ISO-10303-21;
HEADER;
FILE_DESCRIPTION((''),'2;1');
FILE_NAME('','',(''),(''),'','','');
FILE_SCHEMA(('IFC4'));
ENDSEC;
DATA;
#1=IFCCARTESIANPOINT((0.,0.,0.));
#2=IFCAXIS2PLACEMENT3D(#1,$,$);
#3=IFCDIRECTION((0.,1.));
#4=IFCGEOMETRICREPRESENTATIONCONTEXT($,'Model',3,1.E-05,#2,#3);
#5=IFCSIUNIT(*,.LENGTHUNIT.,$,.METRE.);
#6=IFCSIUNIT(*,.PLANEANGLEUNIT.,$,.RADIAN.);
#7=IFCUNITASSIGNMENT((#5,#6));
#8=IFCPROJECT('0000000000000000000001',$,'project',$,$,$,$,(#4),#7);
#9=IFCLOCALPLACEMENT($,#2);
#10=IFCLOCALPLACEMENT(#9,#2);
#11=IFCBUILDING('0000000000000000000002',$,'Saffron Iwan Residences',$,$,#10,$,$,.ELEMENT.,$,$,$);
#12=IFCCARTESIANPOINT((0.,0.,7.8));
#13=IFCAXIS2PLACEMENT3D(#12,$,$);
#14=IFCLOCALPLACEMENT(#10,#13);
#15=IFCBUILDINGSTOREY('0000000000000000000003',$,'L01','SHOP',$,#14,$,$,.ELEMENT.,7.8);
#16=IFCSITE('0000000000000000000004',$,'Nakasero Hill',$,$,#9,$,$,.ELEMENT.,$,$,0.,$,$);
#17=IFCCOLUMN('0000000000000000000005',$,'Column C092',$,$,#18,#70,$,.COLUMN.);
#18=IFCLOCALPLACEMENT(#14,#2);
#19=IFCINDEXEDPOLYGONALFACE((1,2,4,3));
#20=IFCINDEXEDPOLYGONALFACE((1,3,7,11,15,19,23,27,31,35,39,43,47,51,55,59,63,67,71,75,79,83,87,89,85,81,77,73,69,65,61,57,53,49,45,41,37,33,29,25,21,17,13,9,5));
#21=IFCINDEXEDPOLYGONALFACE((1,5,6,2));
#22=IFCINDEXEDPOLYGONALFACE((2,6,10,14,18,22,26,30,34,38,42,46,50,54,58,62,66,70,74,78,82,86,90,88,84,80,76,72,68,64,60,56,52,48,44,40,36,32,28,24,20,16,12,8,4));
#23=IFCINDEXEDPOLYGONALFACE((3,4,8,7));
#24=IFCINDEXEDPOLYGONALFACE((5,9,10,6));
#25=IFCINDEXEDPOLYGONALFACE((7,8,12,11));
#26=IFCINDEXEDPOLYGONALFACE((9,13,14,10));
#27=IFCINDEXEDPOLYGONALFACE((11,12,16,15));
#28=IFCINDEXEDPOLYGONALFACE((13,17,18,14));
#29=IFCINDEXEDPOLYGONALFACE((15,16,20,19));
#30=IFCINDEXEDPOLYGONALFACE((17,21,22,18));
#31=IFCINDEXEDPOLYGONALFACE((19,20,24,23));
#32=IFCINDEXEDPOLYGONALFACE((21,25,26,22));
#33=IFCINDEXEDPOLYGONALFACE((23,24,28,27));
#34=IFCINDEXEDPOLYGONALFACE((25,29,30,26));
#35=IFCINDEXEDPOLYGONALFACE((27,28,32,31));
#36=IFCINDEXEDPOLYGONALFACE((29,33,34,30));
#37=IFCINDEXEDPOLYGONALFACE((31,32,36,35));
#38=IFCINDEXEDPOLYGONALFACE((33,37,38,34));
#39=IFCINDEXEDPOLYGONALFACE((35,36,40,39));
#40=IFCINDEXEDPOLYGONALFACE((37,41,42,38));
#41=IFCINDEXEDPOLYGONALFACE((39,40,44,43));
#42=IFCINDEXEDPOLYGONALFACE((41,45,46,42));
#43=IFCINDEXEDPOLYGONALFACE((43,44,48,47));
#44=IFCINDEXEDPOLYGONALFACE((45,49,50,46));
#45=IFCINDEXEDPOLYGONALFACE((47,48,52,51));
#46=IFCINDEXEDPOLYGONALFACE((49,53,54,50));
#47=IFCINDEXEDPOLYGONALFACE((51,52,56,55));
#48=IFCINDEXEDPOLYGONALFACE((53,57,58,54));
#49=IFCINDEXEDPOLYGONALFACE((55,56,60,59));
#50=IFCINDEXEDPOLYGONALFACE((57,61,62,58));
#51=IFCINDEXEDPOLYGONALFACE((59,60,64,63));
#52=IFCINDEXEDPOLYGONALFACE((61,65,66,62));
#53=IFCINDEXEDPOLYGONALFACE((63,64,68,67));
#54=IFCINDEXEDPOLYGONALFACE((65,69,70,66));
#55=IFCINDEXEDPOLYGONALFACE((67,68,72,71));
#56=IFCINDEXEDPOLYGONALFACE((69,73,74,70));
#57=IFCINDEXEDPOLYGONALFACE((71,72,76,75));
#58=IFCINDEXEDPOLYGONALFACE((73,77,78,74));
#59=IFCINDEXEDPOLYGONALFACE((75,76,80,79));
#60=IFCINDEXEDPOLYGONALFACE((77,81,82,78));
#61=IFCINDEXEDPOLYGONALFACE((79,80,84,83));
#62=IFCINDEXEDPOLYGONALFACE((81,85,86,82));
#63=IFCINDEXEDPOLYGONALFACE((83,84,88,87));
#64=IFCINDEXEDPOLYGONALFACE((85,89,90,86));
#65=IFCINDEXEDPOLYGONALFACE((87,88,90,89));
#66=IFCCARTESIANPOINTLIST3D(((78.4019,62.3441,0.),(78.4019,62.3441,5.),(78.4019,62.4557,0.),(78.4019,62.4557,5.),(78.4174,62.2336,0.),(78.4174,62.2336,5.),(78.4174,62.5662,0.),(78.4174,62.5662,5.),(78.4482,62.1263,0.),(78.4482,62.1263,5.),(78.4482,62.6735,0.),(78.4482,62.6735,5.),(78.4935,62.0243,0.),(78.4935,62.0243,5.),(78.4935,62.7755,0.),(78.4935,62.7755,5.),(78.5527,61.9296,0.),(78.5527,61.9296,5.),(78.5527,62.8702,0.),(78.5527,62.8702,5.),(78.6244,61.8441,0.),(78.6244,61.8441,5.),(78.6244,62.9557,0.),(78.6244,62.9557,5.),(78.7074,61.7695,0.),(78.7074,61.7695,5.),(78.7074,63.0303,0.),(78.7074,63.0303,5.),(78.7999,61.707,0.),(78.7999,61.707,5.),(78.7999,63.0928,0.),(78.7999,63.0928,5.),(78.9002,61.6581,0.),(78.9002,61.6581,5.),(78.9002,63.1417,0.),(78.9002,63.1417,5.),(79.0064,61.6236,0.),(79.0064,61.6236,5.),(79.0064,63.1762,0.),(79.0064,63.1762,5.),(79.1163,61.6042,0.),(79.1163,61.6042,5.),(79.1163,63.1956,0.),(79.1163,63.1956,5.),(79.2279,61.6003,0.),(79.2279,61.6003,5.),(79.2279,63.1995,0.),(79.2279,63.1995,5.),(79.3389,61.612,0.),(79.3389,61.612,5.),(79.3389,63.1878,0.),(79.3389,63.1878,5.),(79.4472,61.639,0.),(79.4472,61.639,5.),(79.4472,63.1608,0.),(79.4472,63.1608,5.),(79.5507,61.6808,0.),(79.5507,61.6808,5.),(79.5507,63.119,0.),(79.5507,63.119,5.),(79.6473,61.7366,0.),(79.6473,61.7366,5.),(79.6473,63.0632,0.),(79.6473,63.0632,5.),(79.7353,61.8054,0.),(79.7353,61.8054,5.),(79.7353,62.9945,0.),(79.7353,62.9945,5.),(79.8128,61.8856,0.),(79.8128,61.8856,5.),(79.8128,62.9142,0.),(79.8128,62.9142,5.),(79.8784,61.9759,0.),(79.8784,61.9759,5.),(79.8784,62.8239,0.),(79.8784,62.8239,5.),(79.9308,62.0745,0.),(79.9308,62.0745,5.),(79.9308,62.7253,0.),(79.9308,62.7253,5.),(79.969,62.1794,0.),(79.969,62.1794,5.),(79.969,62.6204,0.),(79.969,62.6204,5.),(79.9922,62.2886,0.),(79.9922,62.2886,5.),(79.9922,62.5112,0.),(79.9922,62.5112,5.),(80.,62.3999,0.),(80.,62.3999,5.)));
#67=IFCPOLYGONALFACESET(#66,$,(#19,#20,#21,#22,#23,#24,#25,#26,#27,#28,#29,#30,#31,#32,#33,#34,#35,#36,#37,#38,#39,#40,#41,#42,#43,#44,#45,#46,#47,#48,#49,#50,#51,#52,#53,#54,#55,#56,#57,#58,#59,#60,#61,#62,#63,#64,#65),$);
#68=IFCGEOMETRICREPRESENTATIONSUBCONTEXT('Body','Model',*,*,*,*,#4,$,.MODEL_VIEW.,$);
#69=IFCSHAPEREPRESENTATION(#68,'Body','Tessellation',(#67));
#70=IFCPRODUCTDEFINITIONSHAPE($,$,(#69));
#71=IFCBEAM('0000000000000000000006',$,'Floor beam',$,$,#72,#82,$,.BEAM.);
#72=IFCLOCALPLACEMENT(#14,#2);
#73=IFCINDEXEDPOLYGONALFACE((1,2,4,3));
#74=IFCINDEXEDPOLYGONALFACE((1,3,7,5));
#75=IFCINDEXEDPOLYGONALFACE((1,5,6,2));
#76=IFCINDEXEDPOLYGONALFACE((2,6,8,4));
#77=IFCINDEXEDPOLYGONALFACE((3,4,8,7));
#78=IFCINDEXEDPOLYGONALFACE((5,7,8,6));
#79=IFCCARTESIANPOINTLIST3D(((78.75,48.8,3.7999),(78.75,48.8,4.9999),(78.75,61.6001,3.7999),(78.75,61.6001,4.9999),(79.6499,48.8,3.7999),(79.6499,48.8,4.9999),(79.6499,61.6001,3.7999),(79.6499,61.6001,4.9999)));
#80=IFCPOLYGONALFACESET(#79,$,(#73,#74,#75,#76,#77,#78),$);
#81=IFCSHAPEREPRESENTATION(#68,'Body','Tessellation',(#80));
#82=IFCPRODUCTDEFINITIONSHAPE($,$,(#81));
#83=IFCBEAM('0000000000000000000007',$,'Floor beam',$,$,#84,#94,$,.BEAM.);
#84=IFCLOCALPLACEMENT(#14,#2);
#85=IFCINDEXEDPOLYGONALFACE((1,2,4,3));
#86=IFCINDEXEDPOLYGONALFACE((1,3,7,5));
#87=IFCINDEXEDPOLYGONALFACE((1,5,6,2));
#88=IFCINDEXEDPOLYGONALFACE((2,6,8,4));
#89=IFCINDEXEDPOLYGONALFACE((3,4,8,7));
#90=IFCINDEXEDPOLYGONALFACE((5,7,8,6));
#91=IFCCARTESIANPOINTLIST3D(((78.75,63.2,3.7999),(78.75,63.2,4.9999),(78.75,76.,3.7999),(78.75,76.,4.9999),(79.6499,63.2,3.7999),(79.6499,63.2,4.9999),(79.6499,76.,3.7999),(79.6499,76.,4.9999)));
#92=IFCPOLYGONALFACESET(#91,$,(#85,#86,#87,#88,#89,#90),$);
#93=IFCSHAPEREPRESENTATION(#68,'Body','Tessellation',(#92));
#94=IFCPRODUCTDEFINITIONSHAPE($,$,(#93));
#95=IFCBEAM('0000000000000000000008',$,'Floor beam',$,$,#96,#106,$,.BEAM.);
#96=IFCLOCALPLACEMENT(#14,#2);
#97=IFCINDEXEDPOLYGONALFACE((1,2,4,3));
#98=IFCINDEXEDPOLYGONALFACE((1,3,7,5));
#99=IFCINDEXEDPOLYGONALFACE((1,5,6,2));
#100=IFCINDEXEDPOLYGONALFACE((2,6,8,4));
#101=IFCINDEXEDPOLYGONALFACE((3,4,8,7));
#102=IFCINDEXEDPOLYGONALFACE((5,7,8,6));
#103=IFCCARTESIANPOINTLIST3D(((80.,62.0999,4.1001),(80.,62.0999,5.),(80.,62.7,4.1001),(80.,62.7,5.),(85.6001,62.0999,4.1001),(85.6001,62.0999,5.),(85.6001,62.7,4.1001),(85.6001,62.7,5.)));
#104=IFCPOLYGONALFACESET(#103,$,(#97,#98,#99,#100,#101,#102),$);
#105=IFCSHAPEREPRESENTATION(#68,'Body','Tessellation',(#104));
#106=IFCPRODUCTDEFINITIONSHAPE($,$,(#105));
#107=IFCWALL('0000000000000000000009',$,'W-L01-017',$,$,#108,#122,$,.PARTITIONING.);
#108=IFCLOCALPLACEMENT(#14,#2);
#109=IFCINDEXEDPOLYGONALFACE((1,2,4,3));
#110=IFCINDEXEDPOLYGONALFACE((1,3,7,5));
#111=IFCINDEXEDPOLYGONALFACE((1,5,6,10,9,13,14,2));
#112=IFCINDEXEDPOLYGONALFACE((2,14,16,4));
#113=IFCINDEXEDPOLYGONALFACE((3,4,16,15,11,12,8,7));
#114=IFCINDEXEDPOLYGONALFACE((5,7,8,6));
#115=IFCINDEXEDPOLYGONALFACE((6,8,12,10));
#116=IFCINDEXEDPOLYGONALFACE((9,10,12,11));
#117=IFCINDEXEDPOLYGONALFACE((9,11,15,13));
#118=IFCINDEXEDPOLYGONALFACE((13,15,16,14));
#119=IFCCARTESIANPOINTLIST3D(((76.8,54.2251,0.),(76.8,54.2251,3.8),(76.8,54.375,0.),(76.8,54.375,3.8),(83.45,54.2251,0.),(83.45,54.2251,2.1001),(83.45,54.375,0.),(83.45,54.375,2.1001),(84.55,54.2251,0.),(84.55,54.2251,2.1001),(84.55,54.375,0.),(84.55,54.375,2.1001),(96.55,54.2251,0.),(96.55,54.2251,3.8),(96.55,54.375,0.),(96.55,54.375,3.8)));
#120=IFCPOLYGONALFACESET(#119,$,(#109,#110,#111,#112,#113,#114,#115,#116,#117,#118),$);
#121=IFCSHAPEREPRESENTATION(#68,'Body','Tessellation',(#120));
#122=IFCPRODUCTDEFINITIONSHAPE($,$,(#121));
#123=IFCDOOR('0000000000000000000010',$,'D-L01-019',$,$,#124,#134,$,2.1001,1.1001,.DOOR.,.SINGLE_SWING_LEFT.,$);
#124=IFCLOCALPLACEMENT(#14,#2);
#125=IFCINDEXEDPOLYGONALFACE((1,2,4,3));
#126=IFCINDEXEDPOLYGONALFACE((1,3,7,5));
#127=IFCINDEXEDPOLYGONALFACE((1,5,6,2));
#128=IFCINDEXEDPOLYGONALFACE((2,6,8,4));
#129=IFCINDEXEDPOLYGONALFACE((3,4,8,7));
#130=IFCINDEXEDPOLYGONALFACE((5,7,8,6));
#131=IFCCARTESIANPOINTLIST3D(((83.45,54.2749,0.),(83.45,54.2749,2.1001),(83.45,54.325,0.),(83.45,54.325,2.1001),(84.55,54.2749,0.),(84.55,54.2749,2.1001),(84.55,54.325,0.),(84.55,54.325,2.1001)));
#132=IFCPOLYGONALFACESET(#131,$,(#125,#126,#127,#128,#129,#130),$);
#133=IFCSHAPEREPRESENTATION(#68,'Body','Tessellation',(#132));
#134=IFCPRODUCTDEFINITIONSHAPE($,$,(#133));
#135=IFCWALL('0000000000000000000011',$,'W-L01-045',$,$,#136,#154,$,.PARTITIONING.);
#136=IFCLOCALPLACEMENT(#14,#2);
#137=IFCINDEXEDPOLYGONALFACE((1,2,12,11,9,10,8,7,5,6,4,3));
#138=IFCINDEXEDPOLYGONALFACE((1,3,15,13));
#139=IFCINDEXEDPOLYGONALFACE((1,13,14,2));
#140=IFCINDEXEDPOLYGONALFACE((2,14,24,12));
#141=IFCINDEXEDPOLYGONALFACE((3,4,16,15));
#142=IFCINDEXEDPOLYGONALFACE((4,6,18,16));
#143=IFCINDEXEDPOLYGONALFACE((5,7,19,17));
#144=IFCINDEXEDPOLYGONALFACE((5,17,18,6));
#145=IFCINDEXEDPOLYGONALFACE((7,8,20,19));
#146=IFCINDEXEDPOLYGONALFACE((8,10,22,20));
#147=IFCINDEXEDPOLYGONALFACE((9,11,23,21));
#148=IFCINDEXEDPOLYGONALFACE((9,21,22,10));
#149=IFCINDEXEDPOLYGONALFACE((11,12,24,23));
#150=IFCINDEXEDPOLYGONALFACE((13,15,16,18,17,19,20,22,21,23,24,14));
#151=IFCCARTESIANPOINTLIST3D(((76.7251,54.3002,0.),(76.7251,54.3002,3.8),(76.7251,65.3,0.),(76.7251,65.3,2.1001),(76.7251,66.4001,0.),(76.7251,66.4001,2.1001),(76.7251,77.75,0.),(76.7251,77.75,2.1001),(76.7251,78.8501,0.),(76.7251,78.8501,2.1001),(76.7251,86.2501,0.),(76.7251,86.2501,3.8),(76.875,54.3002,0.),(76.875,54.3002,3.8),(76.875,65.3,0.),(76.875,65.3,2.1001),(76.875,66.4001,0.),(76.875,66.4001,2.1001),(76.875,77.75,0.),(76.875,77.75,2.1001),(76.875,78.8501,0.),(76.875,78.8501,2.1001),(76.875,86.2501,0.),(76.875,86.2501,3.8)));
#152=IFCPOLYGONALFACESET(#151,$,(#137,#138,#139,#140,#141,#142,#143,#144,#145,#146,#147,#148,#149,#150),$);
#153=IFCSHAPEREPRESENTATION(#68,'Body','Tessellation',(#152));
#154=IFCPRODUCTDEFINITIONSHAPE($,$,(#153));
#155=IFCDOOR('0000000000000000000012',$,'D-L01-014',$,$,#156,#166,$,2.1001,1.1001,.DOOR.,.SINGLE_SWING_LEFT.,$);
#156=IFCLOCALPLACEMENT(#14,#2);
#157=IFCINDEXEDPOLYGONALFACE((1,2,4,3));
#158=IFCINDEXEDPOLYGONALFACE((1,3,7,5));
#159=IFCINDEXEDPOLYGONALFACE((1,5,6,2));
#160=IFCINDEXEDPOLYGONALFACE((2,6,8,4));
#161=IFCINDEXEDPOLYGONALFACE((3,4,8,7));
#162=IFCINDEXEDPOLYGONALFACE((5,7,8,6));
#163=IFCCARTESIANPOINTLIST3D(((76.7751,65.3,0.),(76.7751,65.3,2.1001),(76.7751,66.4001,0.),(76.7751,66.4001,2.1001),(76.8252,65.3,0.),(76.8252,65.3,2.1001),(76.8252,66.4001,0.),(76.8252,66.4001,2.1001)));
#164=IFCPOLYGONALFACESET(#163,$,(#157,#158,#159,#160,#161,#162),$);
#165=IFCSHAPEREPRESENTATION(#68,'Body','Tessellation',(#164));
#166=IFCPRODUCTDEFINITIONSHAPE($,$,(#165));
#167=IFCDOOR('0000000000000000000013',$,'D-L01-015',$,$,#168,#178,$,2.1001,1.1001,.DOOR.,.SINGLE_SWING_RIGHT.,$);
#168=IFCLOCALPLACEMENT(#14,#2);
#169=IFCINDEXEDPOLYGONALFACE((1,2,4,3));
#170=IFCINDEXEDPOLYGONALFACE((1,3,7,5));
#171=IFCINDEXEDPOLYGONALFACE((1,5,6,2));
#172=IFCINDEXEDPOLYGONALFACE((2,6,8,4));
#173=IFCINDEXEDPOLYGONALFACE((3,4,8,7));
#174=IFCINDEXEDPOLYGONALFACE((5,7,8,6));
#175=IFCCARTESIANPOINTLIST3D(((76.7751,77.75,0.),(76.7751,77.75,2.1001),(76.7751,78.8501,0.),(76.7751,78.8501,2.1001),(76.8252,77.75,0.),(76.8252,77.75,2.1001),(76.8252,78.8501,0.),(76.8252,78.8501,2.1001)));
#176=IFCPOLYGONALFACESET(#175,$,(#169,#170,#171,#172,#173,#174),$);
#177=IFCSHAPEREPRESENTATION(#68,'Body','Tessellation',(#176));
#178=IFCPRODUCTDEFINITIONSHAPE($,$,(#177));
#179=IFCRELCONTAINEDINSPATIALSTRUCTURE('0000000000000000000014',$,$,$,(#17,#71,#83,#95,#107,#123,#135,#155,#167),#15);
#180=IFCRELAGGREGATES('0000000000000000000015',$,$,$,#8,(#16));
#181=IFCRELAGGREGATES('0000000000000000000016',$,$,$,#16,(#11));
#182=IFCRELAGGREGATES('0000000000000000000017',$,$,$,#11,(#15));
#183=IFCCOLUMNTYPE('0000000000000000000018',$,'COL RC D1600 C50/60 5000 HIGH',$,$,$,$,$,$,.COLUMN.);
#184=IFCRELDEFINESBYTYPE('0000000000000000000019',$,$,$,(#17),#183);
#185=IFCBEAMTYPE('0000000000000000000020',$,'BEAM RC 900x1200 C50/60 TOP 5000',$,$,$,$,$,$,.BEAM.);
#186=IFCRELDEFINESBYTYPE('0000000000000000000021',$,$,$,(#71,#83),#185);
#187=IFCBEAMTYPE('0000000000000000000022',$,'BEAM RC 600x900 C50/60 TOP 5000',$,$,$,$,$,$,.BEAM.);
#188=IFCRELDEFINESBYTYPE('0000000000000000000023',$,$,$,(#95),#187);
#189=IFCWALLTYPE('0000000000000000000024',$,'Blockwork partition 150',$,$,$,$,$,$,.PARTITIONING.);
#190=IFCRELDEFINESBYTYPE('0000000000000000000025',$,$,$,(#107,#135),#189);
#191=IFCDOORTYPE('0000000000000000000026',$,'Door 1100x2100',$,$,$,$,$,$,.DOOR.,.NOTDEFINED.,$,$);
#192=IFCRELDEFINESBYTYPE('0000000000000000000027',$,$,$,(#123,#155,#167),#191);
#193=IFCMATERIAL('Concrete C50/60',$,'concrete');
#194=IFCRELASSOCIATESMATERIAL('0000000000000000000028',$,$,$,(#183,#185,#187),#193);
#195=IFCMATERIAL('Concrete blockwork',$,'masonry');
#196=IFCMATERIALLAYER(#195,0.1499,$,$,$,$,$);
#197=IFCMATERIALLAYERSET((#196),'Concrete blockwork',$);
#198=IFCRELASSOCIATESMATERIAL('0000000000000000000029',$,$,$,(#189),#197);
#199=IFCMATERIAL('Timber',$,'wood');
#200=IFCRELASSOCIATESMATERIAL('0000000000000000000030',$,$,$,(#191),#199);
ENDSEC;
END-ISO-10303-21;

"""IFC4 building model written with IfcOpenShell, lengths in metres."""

from ifc_helpers import new_model, si_unit, direction, frame, frame_2d, origin, origin_2d, place, context, subcontext, project, spatial, rectangle, circle, extrude, source, transform, mapped, material, layer, layer_set, material_profile, profile_set, type_object, element, fill, save


model = new_model("IFC4")

# Units and contexts
model_context = context("Model", 3, precision=1e-05, world=origin(), true_north=direction((0.0, 1.0)))
body_context = subcontext(model_context, "Body", "Model", "MODEL_VIEW")
ifc_project = project(units=[si_unit("LENGTHUNIT", "METRE"), si_unit("PLANEANGLEUNIT", "RADIAN")], contexts=[model_context])

# Site, building, storey
site_placement = place(None, origin())
site = spatial("IfcSite", under=ifc_project, at=site_placement, Name="Nakasero Hill", CompositionType="ELEMENT", RefElevation=0.0)
building_placement = place(site_placement, origin())
building = spatial("IfcBuilding", under=site, at=building_placement, Name="Saffron Iwan Residences", CompositionType="ELEMENT")
storey_placement = place(building_placement, frame((0.0, 0.0, 7.8)))
storey = spatial("IfcBuildingStorey", under=building, at=storey_placement, Name="L01", Description="SHOP", CompositionType="ELEMENT", Elevation=7.8)

# Column
ifc_material_1 = material(Name="Concrete C50/60", Category="concrete")
ifc_material_profile_1 = material_profile(ifc_material_1, circle(Radius=0.8, at=origin_2d()), Name="RC D1600")
ifc_profile_set_1 = profile_set([ifc_material_profile_1], Name="Concrete C50/60")
column_type = type_object("IfcColumnType", Name="COL RC D1600 C50/60 5000 HIGH", PredefinedType="COLUMN", material=ifc_profile_set_1)
shared_shape_1 = source(origin(), body_context, "Body", "SweptSolid", [
    extrude(circle(Radius=0.8, at=origin_2d()), origin(), (0.0, 0.0, 1.0), 5.0),
])
column_placement = place(storey_placement, frame((79.2, 62.3999, 0.0), z_axis=(0.0, 0.0, 1.0), x_axis=(1.0, 0.0, 0.0)))
element("IfcColumn", 1, at=column_placement, inside=storey, type_object=column_type, Name="Column C092", PredefinedType="COLUMN", context=body_context, shape_type="MappedRepresentation", body=[
    mapped(shared_shape_1, transform((0.0, 0.0, 0.0))),
])

# Beams
ifc_material_profile_2 = material_profile(ifc_material_1, rectangle(XDim=0.8999, YDim=1.2, at=origin_2d()), Name="RC 900x1200")
ifc_profile_set_2 = profile_set([ifc_material_profile_2], Name="Concrete C50/60")
beam_type_1 = type_object("IfcBeamType", Name="BEAM RC 900x1200 C50/60 TOP 5000", PredefinedType="BEAM", material=ifc_profile_set_2)
shared_shape_2 = source(origin(), body_context, "Body", "SweptSolid", [
    extrude(rectangle(XDim=0.8999, YDim=1.2, at=origin_2d()), origin(), (0.0, 0.0, 1.0), 12.8),
])
for number, where, z_axis, x_axis, name in (
    (2, (79.2, 48.8, 4.3999), (0.0, 1.0, 0.0), (-1.0, 0.0, 0.0), "Floor beam"),
    (3, (79.2, 63.2, 4.3999), (0.0, 1.0, 0.0), (-1.0, 0.0, 0.0), "Floor beam"),
):
    element("IfcBeam", number, at=place(storey_placement, frame(where, z_axis=z_axis, x_axis=x_axis)), inside=storey, type_object=beam_type_1, Name=name, PredefinedType="BEAM", context=body_context, shape_type="MappedRepresentation", body=[
        mapped(shared_shape_2, transform((0.0, 0.0, 0.0))),
    ])
ifc_material_profile_3 = material_profile(ifc_material_1, rectangle(XDim=0.6001, YDim=0.8999, at=origin_2d()), Name="RC 600x900")
ifc_profile_set_3 = profile_set([ifc_material_profile_3], Name="Concrete C50/60")
beam_type_2 = type_object("IfcBeamType", Name="BEAM RC 600x900 C50/60 TOP 5000", PredefinedType="BEAM", material=ifc_profile_set_3)
shared_shape_3 = source(origin(), body_context, "Body", "SweptSolid", [
    extrude(rectangle(XDim=0.6001, YDim=0.8999, at=origin_2d()), origin(), (0.0, 0.0, 1.0), 5.6001),
])
beam_placement = place(storey_placement, frame((80.0, 62.3999, 4.55), z_axis=(1.0, 0.0, 0.0), x_axis=(0.0, 1.0, 0.0)))
element("IfcBeam", 4, at=beam_placement, inside=storey, type_object=beam_type_2, Name="Floor beam", PredefinedType="BEAM", context=body_context, shape_type="MappedRepresentation", body=[
    mapped(shared_shape_3, transform((0.0, 0.0, 0.0))),
])

# Wall, opening, door
ifc_material_2 = material(Name="Concrete blockwork", Category="masonry")
ifc_layer_1 = layer(ifc_material_2, 0.1499)
ifc_layer_set_1 = layer_set([ifc_layer_1], Name="Concrete blockwork")
wall_type_1 = type_object("IfcWallType", Name="Blockwork partition 150", PredefinedType="PARTITIONING", material=ifc_layer_set_1)
wall_1_placement = place(storey_placement, frame((76.8, 54.3, 0.0), z_axis=(0.0, 0.0, 1.0), x_axis=(1.0, 0.0, 0.0)))
wall_1 = element("IfcWall", 5, at=wall_1_placement, inside=storey, type_object=wall_type_1, Name="W-L01-017", PredefinedType="PARTITIONING", context=body_context, shape_type="SweptSolid", body=[
    extrude(rectangle(XDim=19.75, YDim=0.1499, at=frame_2d((9.875, 0.0))), origin(), (0.0, 0.0, 1.0), 3.8),
])
opening_1_placement = place(wall_1_placement, frame((6.6499, 0.0, 0.0)))
opening_1 = element("IfcOpeningElement", 6, at=opening_1_placement, cuts=wall_1, PredefinedType="OPENING", context=body_context, shape_type="SweptSolid", body=[
    extrude(rectangle(XDim=1.1001, YDim=2.1001, at=frame_2d((0.55, 1.05))), frame((0.0, 0.085, 0.0), z_axis=(0.0, -1.0, 0.0), x_axis=(1.0, 0.0, 0.0)), (0.0, 0.0, 1.0), 0.1699),
])
ifc_material_3 = material(Name="Timber", Category="wood")
door_type_1 = type_object("IfcDoorType", Name="Door 1100x2100", OperationType="NOTDEFINED", PredefinedType="DOOR", material=ifc_material_3)
door_1_placement = place(opening_1_placement, origin())
door_1 = element("IfcDoor", 7, at=door_1_placement, inside=storey, type_object=door_type_1, Name="D-L01-019", OperationType="SINGLE_SWING_LEFT", OverallHeight=2.1001, OverallWidth=1.1001, PredefinedType="DOOR", context=body_context, shape_type="SweptSolid", body=[
    extrude(rectangle(XDim=1.1001, YDim=2.1001, at=frame_2d((0.55, 1.05))), frame((0.0, 0.0249, 0.0), z_axis=(0.0, -1.0, 0.0), x_axis=(1.0, 0.0, 0.0)), (0.0, 0.0, 1.0), 0.05),
])
fill(opening_1, door_1)

# Wall, openings, doors
wall_2_placement = place(storey_placement, frame((76.8, 54.3, 0.0), z_axis=(0.0, 0.0, 1.0), x_axis=(0.0, 1.0, 0.0)))
wall_2 = element("IfcWall", 8, at=wall_2_placement, inside=storey, type_object=wall_type_1, Name="W-L01-045", PredefinedType="PARTITIONING", context=body_context, shape_type="SweptSolid", body=[
    extrude(rectangle(XDim=31.95, YDim=0.1499, at=frame_2d((15.9751, 0.0))), origin(), (0.0, 0.0, 1.0), 3.8),
])
opening_2_placement = place(wall_2_placement, frame((11.0, 0.0, 0.0)))
opening_2 = element("IfcOpeningElement", 9, at=opening_2_placement, cuts=wall_2, PredefinedType="OPENING", context=body_context, shape_type="SweptSolid", body=[
    extrude(rectangle(XDim=1.1001, YDim=2.1001, at=frame_2d((0.55, 1.05))), frame((0.0, 0.085, 0.0), z_axis=(0.0, -1.0, 0.0), x_axis=(1.0, 0.0, 0.0)), (0.0, 0.0, 1.0), 0.1699),
])
opening_3_placement = place(wall_2_placement, frame((23.45, 0.0, 0.0)))
opening_3 = element("IfcOpeningElement", 10, at=opening_3_placement, cuts=wall_2, PredefinedType="OPENING", context=body_context, shape_type="SweptSolid", body=[
    extrude(rectangle(XDim=1.1001, YDim=2.1001, at=frame_2d((0.55, 1.05))), frame((0.0, 0.085, 0.0), z_axis=(0.0, -1.0, 0.0), x_axis=(1.0, 0.0, 0.0)), (0.0, 0.0, 1.0), 0.1699),
])
door_2_placement = place(opening_2_placement, origin())
door_2 = element("IfcDoor", 11, at=door_2_placement, inside=storey, type_object=door_type_1, Name="D-L01-014", OperationType="SINGLE_SWING_LEFT", OverallHeight=2.1001, OverallWidth=1.1001, PredefinedType="DOOR", context=body_context, shape_type="SweptSolid", body=[
    extrude(rectangle(XDim=1.1001, YDim=2.1001, at=frame_2d((0.55, 1.05))), frame((0.0, 0.0249, 0.0), z_axis=(0.0, -1.0, 0.0), x_axis=(1.0, 0.0, 0.0)), (0.0, 0.0, 1.0), 0.05),
])
fill(opening_2, door_2)
door_3_placement = place(opening_3_placement, origin())
door_3 = element("IfcDoor", 12, at=door_3_placement, inside=storey, type_object=door_type_1, Name="D-L01-015", OperationType="SINGLE_SWING_RIGHT", OverallHeight=2.1001, OverallWidth=1.1001, PredefinedType="DOOR", context=body_context, shape_type="SweptSolid", body=[
    extrude(rectangle(XDim=1.1001, YDim=2.1001, at=frame_2d((0.55, 1.05))), frame((0.0, 0.0249, 0.0), z_axis=(0.0, -1.0, 0.0), x_axis=(1.0, 0.0, 0.0)), (0.0, 0.0, 1.0), 0.05),
])
fill(opening_3, door_3)

save(model, "model.ifc")
